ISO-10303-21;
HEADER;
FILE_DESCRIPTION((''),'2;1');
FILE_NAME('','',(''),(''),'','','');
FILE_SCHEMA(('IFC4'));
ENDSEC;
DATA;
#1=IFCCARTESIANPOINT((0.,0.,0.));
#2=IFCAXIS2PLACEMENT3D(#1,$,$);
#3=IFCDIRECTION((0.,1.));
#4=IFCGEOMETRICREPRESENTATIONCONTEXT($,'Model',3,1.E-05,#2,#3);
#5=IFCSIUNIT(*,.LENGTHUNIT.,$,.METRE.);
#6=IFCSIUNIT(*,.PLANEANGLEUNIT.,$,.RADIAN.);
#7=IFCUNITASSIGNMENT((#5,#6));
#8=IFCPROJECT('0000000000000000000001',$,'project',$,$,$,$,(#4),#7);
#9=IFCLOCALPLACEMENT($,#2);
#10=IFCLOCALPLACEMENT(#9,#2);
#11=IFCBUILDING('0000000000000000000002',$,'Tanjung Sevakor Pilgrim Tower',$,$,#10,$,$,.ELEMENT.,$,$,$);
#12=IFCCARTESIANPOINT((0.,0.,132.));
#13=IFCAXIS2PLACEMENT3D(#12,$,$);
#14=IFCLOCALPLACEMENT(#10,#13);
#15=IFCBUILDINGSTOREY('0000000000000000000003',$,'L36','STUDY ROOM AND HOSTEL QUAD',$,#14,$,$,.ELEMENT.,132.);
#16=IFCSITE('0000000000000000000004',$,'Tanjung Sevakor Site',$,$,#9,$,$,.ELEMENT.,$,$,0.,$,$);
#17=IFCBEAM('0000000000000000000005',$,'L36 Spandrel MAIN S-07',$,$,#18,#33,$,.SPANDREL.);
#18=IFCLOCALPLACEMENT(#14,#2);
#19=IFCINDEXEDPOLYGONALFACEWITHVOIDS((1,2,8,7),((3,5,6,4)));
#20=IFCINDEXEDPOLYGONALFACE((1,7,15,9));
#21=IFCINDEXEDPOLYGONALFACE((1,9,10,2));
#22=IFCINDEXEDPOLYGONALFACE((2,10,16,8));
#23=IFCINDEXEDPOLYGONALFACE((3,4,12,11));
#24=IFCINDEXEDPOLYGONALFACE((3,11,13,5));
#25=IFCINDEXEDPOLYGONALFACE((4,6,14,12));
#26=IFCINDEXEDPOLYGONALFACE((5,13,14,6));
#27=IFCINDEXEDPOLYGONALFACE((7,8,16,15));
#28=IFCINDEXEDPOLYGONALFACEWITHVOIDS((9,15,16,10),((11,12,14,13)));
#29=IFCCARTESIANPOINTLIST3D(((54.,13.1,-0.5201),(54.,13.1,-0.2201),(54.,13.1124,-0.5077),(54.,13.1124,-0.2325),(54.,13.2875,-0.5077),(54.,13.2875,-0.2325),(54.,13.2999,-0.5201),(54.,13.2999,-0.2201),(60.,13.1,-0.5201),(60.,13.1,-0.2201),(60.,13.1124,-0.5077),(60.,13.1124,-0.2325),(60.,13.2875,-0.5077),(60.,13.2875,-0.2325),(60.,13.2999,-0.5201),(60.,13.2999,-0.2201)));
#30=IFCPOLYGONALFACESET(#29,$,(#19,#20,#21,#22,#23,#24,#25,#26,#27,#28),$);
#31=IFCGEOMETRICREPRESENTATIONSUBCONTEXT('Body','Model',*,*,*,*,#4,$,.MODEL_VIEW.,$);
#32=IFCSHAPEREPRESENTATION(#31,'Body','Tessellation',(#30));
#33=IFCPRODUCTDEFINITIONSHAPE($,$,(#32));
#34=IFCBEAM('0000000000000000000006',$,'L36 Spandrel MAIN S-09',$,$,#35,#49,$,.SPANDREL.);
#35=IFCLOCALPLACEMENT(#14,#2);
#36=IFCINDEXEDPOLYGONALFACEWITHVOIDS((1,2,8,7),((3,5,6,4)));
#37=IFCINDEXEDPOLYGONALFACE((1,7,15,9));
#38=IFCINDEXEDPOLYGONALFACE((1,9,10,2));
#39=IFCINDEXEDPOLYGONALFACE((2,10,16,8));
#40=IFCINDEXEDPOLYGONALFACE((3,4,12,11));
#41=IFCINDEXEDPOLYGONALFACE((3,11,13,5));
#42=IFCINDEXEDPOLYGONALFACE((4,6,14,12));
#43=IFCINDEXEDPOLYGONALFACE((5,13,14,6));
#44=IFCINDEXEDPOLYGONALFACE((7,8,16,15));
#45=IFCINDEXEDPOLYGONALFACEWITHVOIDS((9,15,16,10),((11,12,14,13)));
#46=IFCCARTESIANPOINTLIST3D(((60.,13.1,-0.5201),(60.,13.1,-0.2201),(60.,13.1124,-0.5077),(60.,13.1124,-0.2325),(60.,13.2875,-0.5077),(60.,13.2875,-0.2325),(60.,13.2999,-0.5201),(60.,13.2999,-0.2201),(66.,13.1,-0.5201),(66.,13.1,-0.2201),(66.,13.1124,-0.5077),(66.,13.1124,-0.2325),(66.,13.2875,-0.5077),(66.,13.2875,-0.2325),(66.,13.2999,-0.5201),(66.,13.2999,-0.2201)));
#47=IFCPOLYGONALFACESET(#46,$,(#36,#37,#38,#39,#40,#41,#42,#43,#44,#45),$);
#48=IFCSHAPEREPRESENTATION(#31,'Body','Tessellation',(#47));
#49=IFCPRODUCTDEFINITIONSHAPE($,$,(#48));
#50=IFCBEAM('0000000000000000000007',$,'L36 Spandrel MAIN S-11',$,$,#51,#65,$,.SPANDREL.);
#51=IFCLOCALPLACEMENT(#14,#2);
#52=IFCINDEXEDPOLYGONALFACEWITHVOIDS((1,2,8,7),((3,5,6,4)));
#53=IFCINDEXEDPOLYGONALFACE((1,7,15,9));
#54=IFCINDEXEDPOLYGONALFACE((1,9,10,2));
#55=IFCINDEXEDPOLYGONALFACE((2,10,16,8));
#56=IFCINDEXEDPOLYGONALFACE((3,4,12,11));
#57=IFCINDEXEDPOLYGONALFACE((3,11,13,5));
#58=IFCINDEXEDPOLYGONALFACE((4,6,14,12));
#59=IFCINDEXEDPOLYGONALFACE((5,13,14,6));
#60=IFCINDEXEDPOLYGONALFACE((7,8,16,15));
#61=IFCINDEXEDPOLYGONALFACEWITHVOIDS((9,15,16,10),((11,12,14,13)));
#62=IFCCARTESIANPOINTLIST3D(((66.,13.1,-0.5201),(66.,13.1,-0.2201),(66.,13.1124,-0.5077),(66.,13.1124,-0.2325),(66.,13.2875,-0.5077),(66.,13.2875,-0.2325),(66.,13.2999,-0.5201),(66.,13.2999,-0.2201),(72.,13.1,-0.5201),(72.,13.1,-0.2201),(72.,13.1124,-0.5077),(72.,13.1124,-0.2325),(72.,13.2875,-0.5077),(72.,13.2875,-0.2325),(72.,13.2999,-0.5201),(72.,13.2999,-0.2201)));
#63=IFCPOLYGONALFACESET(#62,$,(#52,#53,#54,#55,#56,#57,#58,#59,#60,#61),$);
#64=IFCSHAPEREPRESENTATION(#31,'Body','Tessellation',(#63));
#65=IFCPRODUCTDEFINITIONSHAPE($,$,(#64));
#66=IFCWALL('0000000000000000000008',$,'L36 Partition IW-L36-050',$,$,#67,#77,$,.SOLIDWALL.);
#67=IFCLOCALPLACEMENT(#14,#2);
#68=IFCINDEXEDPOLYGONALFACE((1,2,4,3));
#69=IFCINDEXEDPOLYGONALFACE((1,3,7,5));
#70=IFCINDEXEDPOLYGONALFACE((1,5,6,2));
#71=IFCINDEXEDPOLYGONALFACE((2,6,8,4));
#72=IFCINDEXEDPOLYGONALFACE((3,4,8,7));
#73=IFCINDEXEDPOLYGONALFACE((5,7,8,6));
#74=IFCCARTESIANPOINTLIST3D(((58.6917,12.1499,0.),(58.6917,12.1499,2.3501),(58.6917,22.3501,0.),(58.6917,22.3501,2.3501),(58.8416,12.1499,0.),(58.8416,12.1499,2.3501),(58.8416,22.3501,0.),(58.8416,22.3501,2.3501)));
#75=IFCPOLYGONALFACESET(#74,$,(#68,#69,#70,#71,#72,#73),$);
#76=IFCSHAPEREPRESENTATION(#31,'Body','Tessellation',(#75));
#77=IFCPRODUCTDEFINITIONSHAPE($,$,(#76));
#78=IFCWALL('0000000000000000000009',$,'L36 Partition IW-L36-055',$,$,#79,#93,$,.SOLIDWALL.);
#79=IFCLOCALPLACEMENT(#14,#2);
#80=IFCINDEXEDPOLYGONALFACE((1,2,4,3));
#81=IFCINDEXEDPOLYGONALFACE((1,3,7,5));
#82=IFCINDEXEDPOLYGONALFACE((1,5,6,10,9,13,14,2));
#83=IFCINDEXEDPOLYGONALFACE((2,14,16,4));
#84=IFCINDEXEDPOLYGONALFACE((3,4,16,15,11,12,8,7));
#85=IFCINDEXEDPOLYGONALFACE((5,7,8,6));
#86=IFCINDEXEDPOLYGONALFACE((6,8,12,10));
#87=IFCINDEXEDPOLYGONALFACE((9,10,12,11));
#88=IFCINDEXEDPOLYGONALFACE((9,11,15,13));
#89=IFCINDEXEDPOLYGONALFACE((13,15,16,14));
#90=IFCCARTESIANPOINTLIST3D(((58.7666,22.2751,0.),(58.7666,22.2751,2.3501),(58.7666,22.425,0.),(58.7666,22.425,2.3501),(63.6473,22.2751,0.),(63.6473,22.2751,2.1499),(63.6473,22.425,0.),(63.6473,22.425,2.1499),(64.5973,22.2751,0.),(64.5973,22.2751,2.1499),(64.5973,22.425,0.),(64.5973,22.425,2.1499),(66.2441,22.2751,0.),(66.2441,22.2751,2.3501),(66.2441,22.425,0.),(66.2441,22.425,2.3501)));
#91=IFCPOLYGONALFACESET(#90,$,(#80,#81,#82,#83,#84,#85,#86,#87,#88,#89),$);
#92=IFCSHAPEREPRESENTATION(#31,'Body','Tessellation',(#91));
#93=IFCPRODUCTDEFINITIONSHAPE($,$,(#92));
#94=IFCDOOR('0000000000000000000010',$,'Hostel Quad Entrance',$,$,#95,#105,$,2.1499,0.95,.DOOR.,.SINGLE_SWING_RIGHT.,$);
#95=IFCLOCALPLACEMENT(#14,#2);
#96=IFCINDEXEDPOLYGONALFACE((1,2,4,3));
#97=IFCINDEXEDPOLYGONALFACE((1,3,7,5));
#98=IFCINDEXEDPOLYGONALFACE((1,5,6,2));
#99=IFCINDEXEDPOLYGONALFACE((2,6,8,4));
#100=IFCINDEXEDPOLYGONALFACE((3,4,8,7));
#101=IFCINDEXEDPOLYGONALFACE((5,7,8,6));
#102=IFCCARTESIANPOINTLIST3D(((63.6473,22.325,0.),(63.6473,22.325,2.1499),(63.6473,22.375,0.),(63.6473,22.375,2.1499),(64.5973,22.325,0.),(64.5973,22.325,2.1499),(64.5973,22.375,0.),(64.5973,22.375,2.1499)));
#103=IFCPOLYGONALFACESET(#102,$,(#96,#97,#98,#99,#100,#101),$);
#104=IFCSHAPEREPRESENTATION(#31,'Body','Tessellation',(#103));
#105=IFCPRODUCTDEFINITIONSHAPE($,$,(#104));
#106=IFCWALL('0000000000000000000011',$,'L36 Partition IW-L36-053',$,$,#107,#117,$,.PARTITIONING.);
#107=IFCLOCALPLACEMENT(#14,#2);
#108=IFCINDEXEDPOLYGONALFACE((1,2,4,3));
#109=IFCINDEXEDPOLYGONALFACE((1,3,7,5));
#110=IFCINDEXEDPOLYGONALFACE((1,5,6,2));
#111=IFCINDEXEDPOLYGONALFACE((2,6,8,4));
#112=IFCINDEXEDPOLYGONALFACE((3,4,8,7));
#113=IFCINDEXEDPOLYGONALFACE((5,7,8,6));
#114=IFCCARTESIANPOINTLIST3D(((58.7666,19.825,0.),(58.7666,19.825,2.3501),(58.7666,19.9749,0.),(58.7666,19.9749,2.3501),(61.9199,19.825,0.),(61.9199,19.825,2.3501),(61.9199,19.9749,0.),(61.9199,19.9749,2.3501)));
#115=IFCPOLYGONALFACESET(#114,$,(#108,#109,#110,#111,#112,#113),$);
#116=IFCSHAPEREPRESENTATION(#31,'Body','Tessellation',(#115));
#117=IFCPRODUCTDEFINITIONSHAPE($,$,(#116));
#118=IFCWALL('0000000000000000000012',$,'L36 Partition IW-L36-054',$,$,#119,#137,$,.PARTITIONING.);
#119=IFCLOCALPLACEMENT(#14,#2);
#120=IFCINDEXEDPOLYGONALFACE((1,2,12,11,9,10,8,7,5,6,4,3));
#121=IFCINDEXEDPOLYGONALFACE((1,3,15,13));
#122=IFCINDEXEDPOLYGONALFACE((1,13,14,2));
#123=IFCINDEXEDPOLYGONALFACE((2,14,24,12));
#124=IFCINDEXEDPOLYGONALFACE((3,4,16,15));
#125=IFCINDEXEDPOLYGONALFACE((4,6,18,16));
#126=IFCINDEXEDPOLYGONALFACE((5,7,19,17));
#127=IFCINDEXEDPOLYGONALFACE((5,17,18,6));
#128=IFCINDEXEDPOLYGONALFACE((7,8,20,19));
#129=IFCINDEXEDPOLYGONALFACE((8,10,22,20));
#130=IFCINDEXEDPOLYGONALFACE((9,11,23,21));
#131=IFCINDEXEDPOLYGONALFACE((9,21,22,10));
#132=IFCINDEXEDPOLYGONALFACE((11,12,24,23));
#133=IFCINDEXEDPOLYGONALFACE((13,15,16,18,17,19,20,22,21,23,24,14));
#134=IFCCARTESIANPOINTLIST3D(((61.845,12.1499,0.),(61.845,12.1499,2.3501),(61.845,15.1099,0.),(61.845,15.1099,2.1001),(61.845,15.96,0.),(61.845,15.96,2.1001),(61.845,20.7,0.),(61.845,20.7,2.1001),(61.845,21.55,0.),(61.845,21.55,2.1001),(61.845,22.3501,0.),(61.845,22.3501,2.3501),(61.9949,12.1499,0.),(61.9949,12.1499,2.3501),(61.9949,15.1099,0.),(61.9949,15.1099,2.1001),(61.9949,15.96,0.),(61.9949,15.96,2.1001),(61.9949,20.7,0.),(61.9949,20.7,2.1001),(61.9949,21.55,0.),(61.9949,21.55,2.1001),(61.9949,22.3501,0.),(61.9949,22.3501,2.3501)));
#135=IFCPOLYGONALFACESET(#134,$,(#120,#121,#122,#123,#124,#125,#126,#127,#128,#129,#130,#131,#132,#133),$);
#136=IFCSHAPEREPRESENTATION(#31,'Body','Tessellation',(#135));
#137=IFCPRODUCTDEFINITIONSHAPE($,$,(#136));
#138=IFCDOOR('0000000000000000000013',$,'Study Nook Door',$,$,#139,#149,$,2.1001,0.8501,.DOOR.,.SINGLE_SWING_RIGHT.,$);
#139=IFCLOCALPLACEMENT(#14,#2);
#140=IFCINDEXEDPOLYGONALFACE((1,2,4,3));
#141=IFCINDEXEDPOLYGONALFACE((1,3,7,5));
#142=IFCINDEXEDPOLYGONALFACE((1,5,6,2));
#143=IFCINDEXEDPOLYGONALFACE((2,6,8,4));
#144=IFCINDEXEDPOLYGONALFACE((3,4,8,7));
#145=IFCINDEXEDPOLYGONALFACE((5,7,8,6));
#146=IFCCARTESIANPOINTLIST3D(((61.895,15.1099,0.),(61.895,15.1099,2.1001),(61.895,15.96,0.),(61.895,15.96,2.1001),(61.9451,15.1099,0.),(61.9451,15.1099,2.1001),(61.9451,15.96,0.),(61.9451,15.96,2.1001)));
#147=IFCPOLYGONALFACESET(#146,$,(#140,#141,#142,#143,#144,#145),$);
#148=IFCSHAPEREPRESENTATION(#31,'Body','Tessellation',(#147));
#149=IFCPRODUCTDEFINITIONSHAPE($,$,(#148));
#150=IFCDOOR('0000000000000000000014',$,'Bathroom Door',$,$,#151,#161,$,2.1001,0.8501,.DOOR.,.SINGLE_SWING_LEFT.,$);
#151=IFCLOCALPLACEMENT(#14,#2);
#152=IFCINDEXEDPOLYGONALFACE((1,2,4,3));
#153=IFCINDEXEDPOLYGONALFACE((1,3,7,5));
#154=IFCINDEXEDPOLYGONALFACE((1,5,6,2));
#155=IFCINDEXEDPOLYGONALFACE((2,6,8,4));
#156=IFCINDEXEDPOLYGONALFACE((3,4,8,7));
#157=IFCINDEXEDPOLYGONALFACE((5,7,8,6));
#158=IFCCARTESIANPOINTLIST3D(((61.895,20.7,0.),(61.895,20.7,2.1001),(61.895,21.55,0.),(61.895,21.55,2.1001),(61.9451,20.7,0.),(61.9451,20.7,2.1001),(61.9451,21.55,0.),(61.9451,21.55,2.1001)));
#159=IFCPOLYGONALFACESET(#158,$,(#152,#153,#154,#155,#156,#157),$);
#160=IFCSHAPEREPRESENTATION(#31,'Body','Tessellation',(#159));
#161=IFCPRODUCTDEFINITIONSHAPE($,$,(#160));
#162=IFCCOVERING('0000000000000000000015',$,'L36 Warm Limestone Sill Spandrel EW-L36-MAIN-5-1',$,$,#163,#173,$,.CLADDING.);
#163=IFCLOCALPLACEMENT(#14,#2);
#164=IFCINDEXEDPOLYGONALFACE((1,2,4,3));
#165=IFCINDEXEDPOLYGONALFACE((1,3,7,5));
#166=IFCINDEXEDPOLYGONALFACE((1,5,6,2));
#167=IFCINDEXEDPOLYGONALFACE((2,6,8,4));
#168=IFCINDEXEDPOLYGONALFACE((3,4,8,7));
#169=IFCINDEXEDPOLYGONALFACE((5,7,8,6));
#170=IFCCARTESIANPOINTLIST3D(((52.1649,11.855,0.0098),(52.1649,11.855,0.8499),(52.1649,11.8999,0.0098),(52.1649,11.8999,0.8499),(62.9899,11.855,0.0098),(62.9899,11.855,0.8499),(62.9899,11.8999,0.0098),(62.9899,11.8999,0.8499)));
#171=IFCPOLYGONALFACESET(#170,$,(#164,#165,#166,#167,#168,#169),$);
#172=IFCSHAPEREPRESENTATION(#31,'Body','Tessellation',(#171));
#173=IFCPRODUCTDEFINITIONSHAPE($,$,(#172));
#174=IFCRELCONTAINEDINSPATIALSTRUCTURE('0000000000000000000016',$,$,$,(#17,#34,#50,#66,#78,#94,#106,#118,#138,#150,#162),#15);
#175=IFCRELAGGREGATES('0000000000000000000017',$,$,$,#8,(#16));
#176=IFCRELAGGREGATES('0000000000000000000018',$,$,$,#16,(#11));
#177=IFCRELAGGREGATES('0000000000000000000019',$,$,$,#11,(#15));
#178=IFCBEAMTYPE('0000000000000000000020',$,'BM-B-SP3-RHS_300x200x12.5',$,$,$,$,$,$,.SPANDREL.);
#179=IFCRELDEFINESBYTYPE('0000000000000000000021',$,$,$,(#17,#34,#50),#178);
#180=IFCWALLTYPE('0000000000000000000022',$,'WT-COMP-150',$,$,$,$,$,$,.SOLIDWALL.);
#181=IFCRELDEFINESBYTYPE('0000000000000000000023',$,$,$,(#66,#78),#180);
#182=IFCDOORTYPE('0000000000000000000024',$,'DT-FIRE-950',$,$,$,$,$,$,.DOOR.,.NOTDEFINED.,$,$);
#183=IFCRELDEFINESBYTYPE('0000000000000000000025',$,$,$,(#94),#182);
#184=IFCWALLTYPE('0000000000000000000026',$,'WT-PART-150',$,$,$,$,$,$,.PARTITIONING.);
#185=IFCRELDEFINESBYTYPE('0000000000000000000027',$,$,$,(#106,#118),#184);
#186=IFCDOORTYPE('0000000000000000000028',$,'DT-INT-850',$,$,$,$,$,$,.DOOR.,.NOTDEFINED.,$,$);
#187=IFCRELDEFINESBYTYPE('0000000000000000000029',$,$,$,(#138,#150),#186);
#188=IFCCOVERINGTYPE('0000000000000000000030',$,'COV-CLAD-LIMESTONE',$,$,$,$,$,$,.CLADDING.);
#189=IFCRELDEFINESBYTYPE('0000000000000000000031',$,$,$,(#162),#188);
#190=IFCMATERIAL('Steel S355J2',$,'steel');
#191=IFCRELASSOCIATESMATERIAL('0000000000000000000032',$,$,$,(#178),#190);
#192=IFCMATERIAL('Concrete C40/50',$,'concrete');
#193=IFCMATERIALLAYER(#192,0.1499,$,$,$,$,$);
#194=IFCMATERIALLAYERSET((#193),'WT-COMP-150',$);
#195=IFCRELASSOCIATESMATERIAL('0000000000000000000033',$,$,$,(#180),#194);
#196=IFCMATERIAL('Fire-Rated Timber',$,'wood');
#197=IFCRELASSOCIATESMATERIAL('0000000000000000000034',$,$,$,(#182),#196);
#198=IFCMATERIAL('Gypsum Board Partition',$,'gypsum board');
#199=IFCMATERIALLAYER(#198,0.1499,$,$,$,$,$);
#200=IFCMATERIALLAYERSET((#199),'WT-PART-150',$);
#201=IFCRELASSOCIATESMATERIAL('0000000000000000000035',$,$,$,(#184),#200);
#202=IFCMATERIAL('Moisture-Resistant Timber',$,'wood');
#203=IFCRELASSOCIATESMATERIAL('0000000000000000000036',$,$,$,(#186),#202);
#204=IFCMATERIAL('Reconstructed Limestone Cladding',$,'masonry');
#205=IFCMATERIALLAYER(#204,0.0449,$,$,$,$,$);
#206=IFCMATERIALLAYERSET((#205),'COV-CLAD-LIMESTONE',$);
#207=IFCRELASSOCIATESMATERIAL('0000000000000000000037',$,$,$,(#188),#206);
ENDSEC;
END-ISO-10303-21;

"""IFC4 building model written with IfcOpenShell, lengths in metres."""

from ifc_helpers import new_model, si_unit, direction, frame, frame_2d, origin, origin_2d, place, context, subcontext, project, spatial, rectangle, hollow_rectangle, extrude, material, layer, layer_set, material_profile, profile_set, type_object, element, fill, save


model = new_model("IFC4")

# Units and contexts
model_context = context("Model", 3, precision=1e-05, world=origin(), true_north=direction((0.0, 1.0)))
body_context = subcontext(model_context, "Body", "Model", "MODEL_VIEW")
ifc_project = project(units=[si_unit("LENGTHUNIT", "METRE"), si_unit("PLANEANGLEUNIT", "RADIAN")], contexts=[model_context])

# Site, building, storey
site_placement = place(None, origin())
site = spatial("IfcSite", under=ifc_project, at=site_placement, Name="Tanjung Sevakor Site", CompositionType="ELEMENT", RefElevation=0.0)
building_placement = place(site_placement, origin())
building = spatial("IfcBuilding", under=site, at=building_placement, Name="Tanjung Sevakor Pilgrim Tower", CompositionType="ELEMENT")
storey_placement = place(building_placement, frame((0.0, 0.0, 132.0)))
storey = spatial("IfcBuildingStorey", under=building, at=storey_placement, Name="L36", Description="STUDY ROOM AND HOSTEL QUAD", CompositionType="ELEMENT", Elevation=132.0)

# Beams
ifc_material_1 = material(Name="Steel S355J2", Category="steel")
ifc_material_profile_1 = material_profile(ifc_material_1, hollow_rectangle(XDim=0.2, YDim=0.3, WallThickness=0.0125, at=origin_2d()))
ifc_profile_set_1 = profile_set([ifc_material_profile_1], Name="Steel S355J2")
beam_type_1 = type_object("IfcBeamType", Name="BM-B-SP3-RHS_300x200x12.5", PredefinedType="SPANDREL", material=ifc_profile_set_1)
for number, where, z_axis, x_axis, name in (
    (1, (54.0, 13.2, -0.3701), (1.0, 0.0, 0.0), (0.0, 1.0, 0.0), "L36 Spandrel MAIN S-07"),
    (2, (60.0, 13.2, -0.3701), (1.0, 0.0, 0.0), (0.0, 1.0, 0.0), "L36 Spandrel MAIN S-09"),
    (3, (66.0, 13.2, -0.3701), (1.0, 0.0, 0.0), (0.0, 1.0, 0.0), "L36 Spandrel MAIN S-11"),
):
    element("IfcBeam", number, at=place(storey_placement, frame(where, z_axis=z_axis, x_axis=x_axis)), inside=storey, type_object=beam_type_1, Name=name, PredefinedType="SPANDREL", context=body_context, shape_type="SweptSolid", body=[
        extrude(hollow_rectangle(XDim=0.2, YDim=0.3, WallThickness=0.0125, at=origin_2d()), origin(), (0.0, 0.0, 1.0), 6.0),
    ])

# Wall
ifc_material_2 = material(Name="Concrete C40/50", Category="concrete")
ifc_layer_1 = layer(ifc_material_2, 0.1499)
ifc_layer_set_1 = layer_set([ifc_layer_1], Name="WT-COMP-150")
wall_type_1 = type_object("IfcWallType", Name="WT-COMP-150", PredefinedType="SOLIDWALL", material=ifc_layer_set_1)
wall_1_placement = place(storey_placement, frame((58.7666, 12.1499, 0.0), z_axis=(0.0, 0.0, 1.0), x_axis=(0.0, 1.0, 0.0)))
element("IfcWall", 4, at=wall_1_placement, inside=storey, type_object=wall_type_1, Name="L36 Partition IW-L36-050", PredefinedType="SOLIDWALL", context=body_context, shape_type="SweptSolid", body=[
    extrude(rectangle(XDim=10.2002, YDim=0.1499, at=frame_2d((5.1001, 0.0))), origin(), (0.0, 0.0, 1.0), 2.3501),
])

# Wall, opening, door
wall_2_placement = place(storey_placement, frame((58.7666, 22.3501, 0.0), z_axis=(0.0, 0.0, 1.0), x_axis=(1.0, 0.0, 0.0)))
wall_2 = element("IfcWall", 5, at=wall_2_placement, inside=storey, type_object=wall_type_1, Name="L36 Partition IW-L36-055", PredefinedType="SOLIDWALL", context=body_context, shape_type="SweptSolid", body=[
    extrude(rectangle(XDim=7.4775, YDim=0.1499, at=frame_2d((3.7388, 0.0))), origin(), (0.0, 0.0, 1.0), 2.3501),
])
opening_1_placement = place(wall_2_placement, frame((4.8806, 0.0, 0.0)))
opening_1 = element("IfcOpeningElement", 6, at=opening_1_placement, cuts=wall_2, PredefinedType="OPENING", context=body_context, shape_type="SweptSolid", body=[
    extrude(rectangle(XDim=0.95, YDim=2.1499, at=frame_2d((0.4751, 1.075))), frame((0.0, 0.085, 0.0), z_axis=(0.0, -1.0, 0.0), x_axis=(1.0, 0.0, 0.0)), (0.0, 0.0, 1.0), 0.1699),
])
ifc_material_3 = material(Name="Fire-Rated Timber", Category="wood")
door_type_1 = type_object("IfcDoorType", Name="DT-FIRE-950", OperationType="NOTDEFINED", PredefinedType="DOOR", material=ifc_material_3)
door_1_placement = place(opening_1_placement, origin())
door_1 = element("IfcDoor", 7, at=door_1_placement, inside=storey, type_object=door_type_1, Name="Hostel Quad Entrance", OperationType="SINGLE_SWING_RIGHT", OverallHeight=2.1499, OverallWidth=0.95, PredefinedType="DOOR", context=body_context, shape_type="SweptSolid", body=[
    extrude(rectangle(XDim=0.95, YDim=2.1499, at=frame_2d((0.4751, 1.075))), frame((0.0, 0.0249, 0.0), z_axis=(0.0, -1.0, 0.0), x_axis=(1.0, 0.0, 0.0)), (0.0, 0.0, 1.0), 0.05),
])
fill(opening_1, door_1)

# Wall
ifc_material_4 = material(Name="Gypsum Board Partition", Category="gypsum board")
ifc_layer_2 = layer(ifc_material_4, 0.1499)
ifc_layer_set_2 = layer_set([ifc_layer_2], Name="WT-PART-150")
wall_type_2 = type_object("IfcWallType", Name="WT-PART-150", PredefinedType="PARTITIONING", material=ifc_layer_set_2)
wall_3_placement = place(storey_placement, frame((58.7666, 19.8999, 0.0), z_axis=(0.0, 0.0, 1.0), x_axis=(1.0, 0.0, 0.0)))
element("IfcWall", 8, at=wall_3_placement, inside=storey, type_object=wall_type_2, Name="L36 Partition IW-L36-053", PredefinedType="PARTITIONING", context=body_context, shape_type="SweptSolid", body=[
    extrude(rectangle(XDim=3.1533, YDim=0.1499, at=frame_2d((1.5767, 0.0))), origin(), (0.0, 0.0, 1.0), 2.3501),
])

# Wall, openings, doors
wall_4_placement = place(storey_placement, frame((61.9199, 12.1499, 0.0), z_axis=(0.0, 0.0, 1.0), x_axis=(0.0, 1.0, 0.0)))
wall_4 = element("IfcWall", 9, at=wall_4_placement, inside=storey, type_object=wall_type_2, Name="L36 Partition IW-L36-054", PredefinedType="PARTITIONING", context=body_context, shape_type="SweptSolid", body=[
    extrude(rectangle(XDim=10.2002, YDim=0.1499, at=frame_2d((5.1001, 0.0))), origin(), (0.0, 0.0, 1.0), 2.3501),
])
opening_2_placement = place(wall_4_placement, frame((2.96, 0.0, 0.0)))
opening_2 = element("IfcOpeningElement", 10, at=opening_2_placement, cuts=wall_4, PredefinedType="OPENING", context=body_context, shape_type="SweptSolid", body=[
    extrude(rectangle(XDim=0.8501, YDim=2.1001, at=frame_2d((0.425, 1.05))), frame((0.0, 0.085, 0.0), z_axis=(0.0, -1.0, 0.0), x_axis=(1.0, 0.0, 0.0)), (0.0, 0.0, 1.0), 0.1699),
])
opening_3_placement = place(wall_4_placement, frame((8.55, 0.0, 0.0)))
opening_3 = element("IfcOpeningElement", 11, at=opening_3_placement, cuts=wall_4, PredefinedType="OPENING", context=body_context, shape_type="SweptSolid", body=[
    extrude(rectangle(XDim=0.8501, YDim=2.1001, at=frame_2d((0.425, 1.05))), frame((0.0, 0.085, 0.0), z_axis=(0.0, -1.0, 0.0), x_axis=(1.0, 0.0, 0.0)), (0.0, 0.0, 1.0), 0.1699),
])
ifc_material_5 = material(Name="Moisture-Resistant Timber", Category="wood")
door_type_2 = type_object("IfcDoorType", Name="DT-INT-850", OperationType="NOTDEFINED", PredefinedType="DOOR", material=ifc_material_5)
door_2_placement = place(opening_2_placement, origin())
door_2 = element("IfcDoor", 12, at=door_2_placement, inside=storey, type_object=door_type_2, Name="Study Nook Door", OperationType="SINGLE_SWING_RIGHT", OverallHeight=2.1001, OverallWidth=0.8501, PredefinedType="DOOR", context=body_context, shape_type="SweptSolid", body=[
    extrude(rectangle(XDim=0.8501, YDim=2.1001, at=frame_2d((0.425, 1.05))), frame((0.0, 0.0249, 0.0), z_axis=(0.0, -1.0, 0.0), x_axis=(1.0, 0.0, 0.0)), (0.0, 0.0, 1.0), 0.05),
])
fill(opening_2, door_2)
door_3_placement = place(opening_3_placement, origin())
door_3 = element("IfcDoor", 13, at=door_3_placement, inside=storey, type_object=door_type_2, Name="Bathroom Door", OperationType="SINGLE_SWING_LEFT", OverallHeight=2.1001, OverallWidth=0.8501, PredefinedType="DOOR", context=body_context, shape_type="SweptSolid", body=[
    extrude(rectangle(XDim=0.8501, YDim=2.1001, at=frame_2d((0.425, 1.05))), frame((0.0, 0.0249, 0.0), z_axis=(0.0, -1.0, 0.0), x_axis=(1.0, 0.0, 0.0)), (0.0, 0.0, 1.0), 0.05),
])
fill(opening_3, door_3)

# Covering
ifc_material_6 = material(Name="Reconstructed Limestone Cladding", Category="masonry")
ifc_layer_3 = layer(ifc_material_6, 0.0449)
ifc_layer_set_3 = layer_set([ifc_layer_3], Name="COV-CLAD-LIMESTONE")
covering_type = type_object("IfcCoveringType", Name="COV-CLAD-LIMESTONE", PredefinedType="CLADDING", material=ifc_layer_set_3)
covering_placement = place(storey_placement, frame((57.5774, 11.8774, 0.0098), z_axis=(0.0, 0.0, 1.0), x_axis=(1.0, 0.0, 0.0)))
element("IfcCovering", 14, at=covering_placement, inside=storey, type_object=covering_type, Name="L36 Warm Limestone Sill Spandrel EW-L36-MAIN-5-1", PredefinedType="CLADDING", context=body_context, shape_type="SweptSolid", body=[
    extrude(rectangle(XDim=10.825, YDim=0.0449, at=origin_2d()), origin(), (0.0, 0.0, 1.0), 0.8401),
])

save(model, "model.ifc")
